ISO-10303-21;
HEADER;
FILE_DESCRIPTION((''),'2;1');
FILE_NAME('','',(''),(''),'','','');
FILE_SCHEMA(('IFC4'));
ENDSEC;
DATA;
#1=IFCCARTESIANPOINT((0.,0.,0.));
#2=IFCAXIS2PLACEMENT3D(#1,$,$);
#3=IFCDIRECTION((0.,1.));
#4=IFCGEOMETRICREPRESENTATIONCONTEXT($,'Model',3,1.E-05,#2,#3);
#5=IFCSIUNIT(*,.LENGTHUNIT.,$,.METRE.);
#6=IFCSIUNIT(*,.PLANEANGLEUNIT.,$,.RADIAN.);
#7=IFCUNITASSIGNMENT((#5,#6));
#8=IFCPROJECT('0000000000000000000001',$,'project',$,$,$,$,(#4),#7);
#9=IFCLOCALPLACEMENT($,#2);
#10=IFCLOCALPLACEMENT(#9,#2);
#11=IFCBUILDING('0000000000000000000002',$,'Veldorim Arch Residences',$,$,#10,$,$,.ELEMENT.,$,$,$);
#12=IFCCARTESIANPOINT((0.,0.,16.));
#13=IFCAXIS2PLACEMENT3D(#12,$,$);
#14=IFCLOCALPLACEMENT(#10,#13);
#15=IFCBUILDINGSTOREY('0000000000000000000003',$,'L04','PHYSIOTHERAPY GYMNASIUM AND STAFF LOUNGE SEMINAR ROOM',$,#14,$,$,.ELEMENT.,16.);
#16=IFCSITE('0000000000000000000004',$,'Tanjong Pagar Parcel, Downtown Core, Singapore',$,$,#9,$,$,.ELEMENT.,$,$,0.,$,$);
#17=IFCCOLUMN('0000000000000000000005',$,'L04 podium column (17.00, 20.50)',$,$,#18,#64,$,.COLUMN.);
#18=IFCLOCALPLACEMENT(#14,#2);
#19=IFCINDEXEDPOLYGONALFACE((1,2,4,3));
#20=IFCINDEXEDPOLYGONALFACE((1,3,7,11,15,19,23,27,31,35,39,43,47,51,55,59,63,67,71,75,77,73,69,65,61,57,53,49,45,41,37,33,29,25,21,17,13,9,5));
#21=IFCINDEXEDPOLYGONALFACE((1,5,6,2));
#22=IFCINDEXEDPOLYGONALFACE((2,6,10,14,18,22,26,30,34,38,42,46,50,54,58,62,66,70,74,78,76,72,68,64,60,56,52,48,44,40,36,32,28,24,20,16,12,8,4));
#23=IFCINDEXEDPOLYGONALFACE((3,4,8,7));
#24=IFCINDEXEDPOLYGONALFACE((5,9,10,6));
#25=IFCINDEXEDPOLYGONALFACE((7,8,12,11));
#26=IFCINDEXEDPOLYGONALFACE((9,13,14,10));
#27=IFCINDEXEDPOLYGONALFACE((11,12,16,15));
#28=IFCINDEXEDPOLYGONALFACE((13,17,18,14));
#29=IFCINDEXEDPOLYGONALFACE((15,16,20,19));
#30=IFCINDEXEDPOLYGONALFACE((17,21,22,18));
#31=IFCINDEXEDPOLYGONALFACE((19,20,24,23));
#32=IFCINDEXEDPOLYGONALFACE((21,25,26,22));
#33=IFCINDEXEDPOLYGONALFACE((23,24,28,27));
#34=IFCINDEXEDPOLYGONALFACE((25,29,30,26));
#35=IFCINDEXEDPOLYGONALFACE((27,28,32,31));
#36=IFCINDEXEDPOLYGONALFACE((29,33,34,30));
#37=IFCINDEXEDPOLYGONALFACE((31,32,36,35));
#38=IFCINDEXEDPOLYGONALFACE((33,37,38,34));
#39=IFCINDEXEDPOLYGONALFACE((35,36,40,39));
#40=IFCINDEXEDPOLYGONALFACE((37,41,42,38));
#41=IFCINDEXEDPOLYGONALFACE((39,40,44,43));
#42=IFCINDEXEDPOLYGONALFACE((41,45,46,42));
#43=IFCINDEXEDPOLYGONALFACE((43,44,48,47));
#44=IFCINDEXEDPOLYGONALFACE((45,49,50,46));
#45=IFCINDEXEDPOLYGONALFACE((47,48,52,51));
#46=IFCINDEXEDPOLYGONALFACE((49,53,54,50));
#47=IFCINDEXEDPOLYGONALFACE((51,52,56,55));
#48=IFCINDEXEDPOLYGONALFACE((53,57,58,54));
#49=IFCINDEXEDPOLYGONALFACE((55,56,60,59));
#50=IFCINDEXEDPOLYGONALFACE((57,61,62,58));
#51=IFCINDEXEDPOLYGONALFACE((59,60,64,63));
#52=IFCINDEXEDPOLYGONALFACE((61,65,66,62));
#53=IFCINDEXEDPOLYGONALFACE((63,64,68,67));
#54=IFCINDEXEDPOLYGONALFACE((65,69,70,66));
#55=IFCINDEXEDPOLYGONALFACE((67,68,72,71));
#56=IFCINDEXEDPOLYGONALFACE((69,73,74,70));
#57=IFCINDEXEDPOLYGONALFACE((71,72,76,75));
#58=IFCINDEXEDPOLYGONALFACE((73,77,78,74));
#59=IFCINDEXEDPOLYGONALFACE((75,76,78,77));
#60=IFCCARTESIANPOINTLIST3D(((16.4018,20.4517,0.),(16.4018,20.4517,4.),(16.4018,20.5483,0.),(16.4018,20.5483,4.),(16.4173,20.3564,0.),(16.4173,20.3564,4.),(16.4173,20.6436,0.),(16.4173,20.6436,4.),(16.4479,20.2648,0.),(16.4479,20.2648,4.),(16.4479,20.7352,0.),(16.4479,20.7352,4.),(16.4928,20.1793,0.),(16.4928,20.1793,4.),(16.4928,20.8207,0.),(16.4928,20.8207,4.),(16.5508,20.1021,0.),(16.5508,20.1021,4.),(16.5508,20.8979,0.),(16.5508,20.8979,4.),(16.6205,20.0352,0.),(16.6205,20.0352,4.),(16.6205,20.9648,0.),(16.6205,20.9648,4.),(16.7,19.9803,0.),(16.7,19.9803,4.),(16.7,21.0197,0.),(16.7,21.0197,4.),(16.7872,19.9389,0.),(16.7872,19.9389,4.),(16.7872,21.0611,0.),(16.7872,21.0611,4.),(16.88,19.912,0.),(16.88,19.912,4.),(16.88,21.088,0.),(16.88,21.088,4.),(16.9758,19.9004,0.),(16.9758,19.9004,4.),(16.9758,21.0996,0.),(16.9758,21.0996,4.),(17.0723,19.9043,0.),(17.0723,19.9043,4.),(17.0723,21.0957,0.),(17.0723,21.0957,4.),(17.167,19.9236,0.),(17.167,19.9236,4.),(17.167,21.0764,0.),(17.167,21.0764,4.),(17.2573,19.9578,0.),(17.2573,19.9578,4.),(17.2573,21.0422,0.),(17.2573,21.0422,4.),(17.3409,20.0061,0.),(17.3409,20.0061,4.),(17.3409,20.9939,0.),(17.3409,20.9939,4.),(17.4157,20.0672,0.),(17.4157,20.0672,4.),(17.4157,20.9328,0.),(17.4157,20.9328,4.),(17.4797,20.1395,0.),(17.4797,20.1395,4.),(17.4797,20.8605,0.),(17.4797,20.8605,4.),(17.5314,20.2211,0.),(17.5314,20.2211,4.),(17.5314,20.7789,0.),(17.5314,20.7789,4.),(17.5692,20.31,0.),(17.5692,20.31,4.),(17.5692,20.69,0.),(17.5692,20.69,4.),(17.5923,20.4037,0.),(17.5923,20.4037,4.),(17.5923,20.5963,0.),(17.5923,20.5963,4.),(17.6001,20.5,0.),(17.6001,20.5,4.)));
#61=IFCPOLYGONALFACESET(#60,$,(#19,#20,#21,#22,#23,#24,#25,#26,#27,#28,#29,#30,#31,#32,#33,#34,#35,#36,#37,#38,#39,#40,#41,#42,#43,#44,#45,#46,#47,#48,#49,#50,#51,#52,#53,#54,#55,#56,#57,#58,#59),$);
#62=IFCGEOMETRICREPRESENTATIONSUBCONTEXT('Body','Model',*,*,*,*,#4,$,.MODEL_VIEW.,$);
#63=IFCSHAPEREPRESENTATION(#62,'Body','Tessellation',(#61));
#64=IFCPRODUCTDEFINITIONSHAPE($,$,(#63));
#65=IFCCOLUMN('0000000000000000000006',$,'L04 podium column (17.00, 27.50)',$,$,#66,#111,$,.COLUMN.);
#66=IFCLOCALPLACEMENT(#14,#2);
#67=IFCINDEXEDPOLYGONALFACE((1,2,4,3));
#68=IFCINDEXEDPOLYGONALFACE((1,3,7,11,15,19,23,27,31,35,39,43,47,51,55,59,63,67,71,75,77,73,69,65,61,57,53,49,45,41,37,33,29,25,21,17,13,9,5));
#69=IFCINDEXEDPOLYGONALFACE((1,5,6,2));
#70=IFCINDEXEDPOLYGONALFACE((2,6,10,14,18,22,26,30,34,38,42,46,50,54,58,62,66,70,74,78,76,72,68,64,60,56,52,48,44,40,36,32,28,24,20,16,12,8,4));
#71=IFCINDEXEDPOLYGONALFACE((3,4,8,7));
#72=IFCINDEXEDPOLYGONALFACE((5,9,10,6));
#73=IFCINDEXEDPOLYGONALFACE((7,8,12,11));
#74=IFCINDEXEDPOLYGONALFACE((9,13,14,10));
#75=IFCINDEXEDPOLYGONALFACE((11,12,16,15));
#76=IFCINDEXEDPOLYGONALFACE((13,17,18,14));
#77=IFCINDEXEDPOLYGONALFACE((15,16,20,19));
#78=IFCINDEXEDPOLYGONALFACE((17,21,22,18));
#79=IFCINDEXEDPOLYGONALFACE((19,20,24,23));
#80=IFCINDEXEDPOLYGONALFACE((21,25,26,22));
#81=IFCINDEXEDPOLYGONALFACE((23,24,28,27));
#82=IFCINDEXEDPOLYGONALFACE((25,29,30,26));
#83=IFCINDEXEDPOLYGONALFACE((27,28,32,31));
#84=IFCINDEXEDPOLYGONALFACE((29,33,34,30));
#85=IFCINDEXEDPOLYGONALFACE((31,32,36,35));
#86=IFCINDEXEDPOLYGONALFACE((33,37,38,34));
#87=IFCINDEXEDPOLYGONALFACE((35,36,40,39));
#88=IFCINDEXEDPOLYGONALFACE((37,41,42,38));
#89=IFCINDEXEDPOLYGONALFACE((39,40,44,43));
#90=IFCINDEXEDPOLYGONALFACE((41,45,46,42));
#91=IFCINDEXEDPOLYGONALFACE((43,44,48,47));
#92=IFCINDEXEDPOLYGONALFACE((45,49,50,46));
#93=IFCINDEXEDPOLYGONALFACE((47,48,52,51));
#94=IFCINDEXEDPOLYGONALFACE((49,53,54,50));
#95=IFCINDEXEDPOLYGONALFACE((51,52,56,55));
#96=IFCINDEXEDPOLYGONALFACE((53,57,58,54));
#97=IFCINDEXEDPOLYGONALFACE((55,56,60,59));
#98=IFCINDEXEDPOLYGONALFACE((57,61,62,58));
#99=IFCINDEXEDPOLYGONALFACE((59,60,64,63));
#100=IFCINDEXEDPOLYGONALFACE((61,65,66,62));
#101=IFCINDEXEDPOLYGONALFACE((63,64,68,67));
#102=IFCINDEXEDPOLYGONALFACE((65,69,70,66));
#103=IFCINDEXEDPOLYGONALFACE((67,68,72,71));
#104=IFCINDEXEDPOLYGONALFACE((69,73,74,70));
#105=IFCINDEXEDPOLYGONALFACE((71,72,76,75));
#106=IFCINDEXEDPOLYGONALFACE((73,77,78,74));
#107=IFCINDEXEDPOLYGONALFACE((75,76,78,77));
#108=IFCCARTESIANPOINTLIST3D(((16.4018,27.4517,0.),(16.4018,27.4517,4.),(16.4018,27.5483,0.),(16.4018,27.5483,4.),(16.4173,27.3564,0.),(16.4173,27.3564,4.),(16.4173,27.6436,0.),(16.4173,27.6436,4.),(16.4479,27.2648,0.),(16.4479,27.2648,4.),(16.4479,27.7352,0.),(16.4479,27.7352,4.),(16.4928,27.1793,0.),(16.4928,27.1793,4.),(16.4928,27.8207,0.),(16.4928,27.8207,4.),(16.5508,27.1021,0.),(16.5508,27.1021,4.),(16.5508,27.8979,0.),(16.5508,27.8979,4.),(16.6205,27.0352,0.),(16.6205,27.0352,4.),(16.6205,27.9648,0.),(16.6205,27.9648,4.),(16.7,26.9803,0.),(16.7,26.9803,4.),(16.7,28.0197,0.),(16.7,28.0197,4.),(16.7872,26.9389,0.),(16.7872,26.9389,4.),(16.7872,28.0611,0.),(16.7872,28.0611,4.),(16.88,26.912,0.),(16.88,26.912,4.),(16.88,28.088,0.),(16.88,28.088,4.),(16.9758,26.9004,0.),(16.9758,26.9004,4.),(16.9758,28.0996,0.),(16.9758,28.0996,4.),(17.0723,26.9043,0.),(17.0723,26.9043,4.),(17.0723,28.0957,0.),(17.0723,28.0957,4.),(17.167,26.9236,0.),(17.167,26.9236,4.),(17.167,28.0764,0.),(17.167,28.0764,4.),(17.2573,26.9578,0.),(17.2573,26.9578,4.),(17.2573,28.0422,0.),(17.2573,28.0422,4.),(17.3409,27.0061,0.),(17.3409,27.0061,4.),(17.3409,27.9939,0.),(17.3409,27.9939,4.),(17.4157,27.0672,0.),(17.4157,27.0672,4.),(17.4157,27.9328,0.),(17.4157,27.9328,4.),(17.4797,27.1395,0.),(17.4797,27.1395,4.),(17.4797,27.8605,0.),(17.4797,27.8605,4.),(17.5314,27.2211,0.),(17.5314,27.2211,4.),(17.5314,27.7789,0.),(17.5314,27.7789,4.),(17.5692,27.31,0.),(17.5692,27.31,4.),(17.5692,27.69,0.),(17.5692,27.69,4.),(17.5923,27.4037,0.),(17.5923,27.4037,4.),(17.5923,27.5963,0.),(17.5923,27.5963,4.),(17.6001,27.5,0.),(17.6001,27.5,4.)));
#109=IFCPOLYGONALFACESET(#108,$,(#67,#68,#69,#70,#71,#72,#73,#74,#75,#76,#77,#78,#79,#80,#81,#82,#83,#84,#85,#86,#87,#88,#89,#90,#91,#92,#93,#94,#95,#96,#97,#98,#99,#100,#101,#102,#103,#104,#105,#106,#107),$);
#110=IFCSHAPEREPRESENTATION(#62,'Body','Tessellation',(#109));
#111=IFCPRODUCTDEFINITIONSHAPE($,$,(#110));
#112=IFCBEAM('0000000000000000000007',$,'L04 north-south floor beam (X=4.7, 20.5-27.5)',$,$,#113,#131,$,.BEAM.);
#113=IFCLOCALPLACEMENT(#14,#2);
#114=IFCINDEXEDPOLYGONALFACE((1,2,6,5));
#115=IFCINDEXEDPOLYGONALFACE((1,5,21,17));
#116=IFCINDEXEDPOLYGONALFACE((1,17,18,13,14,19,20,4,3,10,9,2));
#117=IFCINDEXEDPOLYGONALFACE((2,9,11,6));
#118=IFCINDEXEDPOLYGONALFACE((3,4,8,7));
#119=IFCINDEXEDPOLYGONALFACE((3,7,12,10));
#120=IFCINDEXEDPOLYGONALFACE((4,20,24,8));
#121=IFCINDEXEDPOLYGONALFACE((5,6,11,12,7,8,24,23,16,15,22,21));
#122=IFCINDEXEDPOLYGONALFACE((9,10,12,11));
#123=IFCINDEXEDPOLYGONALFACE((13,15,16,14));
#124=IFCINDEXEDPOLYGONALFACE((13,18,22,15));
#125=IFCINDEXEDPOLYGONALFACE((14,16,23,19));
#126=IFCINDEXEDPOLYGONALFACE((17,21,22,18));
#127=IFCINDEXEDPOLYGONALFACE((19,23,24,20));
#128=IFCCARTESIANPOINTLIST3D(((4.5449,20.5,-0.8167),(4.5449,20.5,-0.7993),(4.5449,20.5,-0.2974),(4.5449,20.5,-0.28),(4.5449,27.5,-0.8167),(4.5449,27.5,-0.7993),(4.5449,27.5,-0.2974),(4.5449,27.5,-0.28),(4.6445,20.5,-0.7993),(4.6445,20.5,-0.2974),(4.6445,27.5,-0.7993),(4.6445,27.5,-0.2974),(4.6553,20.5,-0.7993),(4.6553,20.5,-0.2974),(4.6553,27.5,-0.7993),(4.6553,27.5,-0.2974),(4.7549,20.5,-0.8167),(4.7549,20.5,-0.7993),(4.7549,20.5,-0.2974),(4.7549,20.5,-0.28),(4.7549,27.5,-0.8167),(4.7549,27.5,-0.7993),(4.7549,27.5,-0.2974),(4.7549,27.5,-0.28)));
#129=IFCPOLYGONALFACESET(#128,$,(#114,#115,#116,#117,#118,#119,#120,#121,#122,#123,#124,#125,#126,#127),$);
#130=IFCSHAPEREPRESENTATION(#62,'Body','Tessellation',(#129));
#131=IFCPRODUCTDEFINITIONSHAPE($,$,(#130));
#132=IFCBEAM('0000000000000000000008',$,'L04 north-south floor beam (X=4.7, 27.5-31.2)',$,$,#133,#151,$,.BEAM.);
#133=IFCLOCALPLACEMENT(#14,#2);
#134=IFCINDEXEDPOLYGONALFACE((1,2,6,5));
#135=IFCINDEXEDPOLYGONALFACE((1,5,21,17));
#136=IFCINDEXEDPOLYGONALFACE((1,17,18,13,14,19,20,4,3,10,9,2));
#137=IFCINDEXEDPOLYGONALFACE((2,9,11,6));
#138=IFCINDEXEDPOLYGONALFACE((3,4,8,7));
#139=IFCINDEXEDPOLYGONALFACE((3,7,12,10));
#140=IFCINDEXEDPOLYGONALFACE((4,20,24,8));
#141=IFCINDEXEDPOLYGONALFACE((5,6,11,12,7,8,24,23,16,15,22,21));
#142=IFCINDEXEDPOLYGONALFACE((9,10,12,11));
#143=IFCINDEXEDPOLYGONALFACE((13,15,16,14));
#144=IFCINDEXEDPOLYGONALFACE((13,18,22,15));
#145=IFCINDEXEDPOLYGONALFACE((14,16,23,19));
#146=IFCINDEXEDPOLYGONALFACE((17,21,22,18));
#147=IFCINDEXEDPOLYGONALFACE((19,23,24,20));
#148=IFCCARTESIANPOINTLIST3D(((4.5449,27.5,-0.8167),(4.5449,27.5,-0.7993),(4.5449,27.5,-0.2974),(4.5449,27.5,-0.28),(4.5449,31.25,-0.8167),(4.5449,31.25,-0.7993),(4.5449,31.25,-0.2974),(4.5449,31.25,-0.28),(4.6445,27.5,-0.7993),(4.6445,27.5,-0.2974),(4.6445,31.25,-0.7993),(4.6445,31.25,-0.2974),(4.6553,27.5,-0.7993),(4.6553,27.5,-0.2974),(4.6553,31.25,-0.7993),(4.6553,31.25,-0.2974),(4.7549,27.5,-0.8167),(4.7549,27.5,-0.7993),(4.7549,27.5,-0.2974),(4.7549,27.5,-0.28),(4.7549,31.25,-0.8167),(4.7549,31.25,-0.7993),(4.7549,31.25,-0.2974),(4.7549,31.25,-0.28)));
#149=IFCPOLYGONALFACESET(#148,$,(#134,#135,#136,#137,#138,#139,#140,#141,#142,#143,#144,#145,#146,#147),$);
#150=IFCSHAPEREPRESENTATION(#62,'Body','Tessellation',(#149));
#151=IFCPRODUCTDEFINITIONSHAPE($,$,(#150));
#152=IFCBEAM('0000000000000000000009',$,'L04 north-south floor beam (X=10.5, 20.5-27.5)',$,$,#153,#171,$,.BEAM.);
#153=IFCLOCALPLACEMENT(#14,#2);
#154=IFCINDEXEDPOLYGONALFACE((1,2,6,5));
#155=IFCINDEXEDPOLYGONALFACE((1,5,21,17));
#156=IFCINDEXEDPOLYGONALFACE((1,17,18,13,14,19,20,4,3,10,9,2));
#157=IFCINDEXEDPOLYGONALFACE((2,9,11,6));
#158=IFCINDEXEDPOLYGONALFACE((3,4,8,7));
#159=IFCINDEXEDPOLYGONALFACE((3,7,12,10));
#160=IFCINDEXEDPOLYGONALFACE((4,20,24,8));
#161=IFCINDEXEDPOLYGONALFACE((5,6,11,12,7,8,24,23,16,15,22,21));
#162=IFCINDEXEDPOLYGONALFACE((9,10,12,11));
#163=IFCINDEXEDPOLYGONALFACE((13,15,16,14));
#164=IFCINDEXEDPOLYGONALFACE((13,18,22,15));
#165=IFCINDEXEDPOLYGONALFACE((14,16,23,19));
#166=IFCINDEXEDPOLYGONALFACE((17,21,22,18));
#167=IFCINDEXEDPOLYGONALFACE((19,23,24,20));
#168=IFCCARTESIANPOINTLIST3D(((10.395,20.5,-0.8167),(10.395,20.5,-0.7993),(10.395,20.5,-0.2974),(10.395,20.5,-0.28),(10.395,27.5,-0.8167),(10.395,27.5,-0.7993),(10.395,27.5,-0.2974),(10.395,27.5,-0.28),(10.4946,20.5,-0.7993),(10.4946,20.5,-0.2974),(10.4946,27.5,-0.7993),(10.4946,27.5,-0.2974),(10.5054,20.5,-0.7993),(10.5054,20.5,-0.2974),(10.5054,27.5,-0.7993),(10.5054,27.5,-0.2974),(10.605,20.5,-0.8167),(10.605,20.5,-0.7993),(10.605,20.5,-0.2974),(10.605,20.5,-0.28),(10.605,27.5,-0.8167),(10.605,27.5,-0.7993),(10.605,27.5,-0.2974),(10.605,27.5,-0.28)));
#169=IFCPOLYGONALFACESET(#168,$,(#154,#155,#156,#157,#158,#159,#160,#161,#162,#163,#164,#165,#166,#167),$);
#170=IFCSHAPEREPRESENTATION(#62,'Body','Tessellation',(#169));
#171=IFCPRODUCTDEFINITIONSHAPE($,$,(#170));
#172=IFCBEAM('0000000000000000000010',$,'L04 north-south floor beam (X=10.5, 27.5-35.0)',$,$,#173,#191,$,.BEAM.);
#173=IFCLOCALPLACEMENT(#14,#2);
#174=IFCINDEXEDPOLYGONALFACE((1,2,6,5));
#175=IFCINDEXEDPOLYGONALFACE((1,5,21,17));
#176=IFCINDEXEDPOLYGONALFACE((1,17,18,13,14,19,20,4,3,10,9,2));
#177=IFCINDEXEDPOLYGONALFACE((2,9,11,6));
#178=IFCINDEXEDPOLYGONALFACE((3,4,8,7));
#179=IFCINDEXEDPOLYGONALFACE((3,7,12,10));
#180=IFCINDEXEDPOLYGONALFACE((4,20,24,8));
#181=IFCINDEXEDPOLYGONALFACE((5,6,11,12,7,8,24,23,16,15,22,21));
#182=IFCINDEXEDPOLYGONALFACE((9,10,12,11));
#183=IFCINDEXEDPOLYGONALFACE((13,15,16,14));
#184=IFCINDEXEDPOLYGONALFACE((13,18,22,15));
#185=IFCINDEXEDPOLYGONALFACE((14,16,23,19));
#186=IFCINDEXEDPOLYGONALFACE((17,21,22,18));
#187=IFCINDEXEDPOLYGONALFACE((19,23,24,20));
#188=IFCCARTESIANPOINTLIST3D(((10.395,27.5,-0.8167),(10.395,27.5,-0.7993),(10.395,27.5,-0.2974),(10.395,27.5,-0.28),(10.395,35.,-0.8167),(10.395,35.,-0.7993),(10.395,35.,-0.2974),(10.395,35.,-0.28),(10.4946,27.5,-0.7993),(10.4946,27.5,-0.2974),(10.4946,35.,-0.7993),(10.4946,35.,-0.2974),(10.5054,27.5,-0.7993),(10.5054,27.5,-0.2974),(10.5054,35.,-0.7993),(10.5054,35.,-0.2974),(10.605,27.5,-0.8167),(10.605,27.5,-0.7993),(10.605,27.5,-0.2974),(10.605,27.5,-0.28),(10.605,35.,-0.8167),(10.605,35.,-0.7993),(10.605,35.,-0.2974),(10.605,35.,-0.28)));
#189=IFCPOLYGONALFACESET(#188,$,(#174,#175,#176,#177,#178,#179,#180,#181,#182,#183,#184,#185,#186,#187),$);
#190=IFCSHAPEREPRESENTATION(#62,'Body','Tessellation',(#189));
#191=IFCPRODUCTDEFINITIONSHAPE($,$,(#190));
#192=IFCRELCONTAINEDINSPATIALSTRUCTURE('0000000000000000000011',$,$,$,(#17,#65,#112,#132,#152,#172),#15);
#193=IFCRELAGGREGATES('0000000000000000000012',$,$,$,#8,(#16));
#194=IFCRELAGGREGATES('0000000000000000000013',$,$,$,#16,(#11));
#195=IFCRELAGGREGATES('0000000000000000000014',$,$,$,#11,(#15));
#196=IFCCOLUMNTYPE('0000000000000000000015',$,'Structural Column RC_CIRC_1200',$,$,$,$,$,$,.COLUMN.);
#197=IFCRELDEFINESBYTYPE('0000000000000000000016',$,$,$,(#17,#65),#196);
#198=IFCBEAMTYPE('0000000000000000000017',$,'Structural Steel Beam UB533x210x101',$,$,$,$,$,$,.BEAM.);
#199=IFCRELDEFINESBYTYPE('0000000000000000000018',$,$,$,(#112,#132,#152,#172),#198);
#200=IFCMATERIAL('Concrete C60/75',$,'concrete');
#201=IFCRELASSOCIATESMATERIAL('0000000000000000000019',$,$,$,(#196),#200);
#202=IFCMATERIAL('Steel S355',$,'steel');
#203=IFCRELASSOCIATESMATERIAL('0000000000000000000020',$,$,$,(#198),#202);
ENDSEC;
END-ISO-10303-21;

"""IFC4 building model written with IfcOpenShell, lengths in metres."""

from ifc_helpers import new_model, si_unit, direction, frame, origin, origin_2d, place, context, subcontext, project, spatial, circle, i_section, extrude, material, material_profile, profile_set, type_object, element, save


model = new_model("IFC4")

# Units and contexts
model_context = context("Model", 3, precision=1e-05, world=origin(), true_north=direction((0.0, 1.0)))
body_context = subcontext(model_context, "Body", "Model", "MODEL_VIEW")
ifc_project = project(units=[si_unit("LENGTHUNIT", "METRE"), si_unit("PLANEANGLEUNIT", "RADIAN")], contexts=[model_context])

# Site, building, storey
site_placement = place(None, origin())
site = spatial("IfcSite", under=ifc_project, at=site_placement, Name="Tanjong Pagar Parcel, Downtown Core, Singapore", CompositionType="ELEMENT", RefElevation=0.0)
building_placement = place(site_placement, origin())
building = spatial("IfcBuilding", under=site, at=building_placement, Name="Veldorim Arch Residences", CompositionType="ELEMENT")
storey_placement = place(building_placement, frame((0.0, 0.0, 16.0)))
storey = spatial("IfcBuildingStorey", under=building, at=storey_placement, Name="L04", Description="PHYSIOTHERAPY GYMNASIUM AND STAFF LOUNGE SEMINAR ROOM", CompositionType="ELEMENT", Elevation=16.0)

# Columns
ifc_material_1 = material(Name="Concrete C60/75", Category="concrete")
ifc_material_profile_1 = material_profile(ifc_material_1, circle(Radius=0.6001, at=origin_2d()), Name="RC_CIRC_1200")
ifc_profile_set_1 = profile_set([ifc_material_profile_1], Name="Concrete C60/75")
column_type = type_object("IfcColumnType", Name="Structural Column RC_CIRC_1200", PredefinedType="COLUMN", material=ifc_profile_set_1)
for number, where, z_axis, x_axis, name in (
    (1, (17.0, 20.5, 0.0), (0.0, 0.0, 1.0), (1.0, 0.0, 0.0), "L04 podium column (17.00, 20.50)"),
    (2, (17.0, 27.5, 0.0), (0.0, 0.0, 1.0), (1.0, 0.0, 0.0), "L04 podium column (17.00, 27.50)"),
):
    element("IfcColumn", number, at=place(storey_placement, frame(where, z_axis=z_axis, x_axis=x_axis)), inside=storey, type_object=column_type, Name=name, PredefinedType="COLUMN", context=body_context, shape_type="SweptSolid", body=[
        extrude(circle(Radius=0.6001, at=origin_2d()), origin(), (0.0, 0.0, 1.0), 4.0),
    ])

# Beams
ifc_material_2 = material(Name="Steel S355", Category="steel")
ifc_material_profile_2 = material_profile(ifc_material_2, i_section(OverallWidth=0.21, OverallDepth=0.5366, WebThickness=0.0107, FlangeThickness=0.0173, at=origin_2d()), Name="UB533x210x101")
ifc_profile_set_2 = profile_set([ifc_material_profile_2], Name="Steel S355")
beam_type_1 = type_object("IfcBeamType", Name="Structural Steel Beam UB533x210x101", PredefinedType="BEAM", material=ifc_profile_set_2)
beam_1_placement = place(storey_placement, frame((4.6499, 20.5, -0.5483), z_axis=(0.0, 1.0, 0.0), x_axis=(-1.0, 0.0, 0.0)))
element("IfcBeam", 3, at=beam_1_placement, inside=storey, type_object=beam_type_1, Name="L04 north-south floor beam (X=4.7, 20.5-27.5)", PredefinedType="BEAM", context=body_context, shape_type="SweptSolid", body=[
    extrude(i_section(OverallWidth=0.21, OverallDepth=0.5366, WebThickness=0.0107, FlangeThickness=0.0173, at=origin_2d()), origin(), (0.0, 0.0, 1.0), 7.0),
])
beam_2_placement = place(storey_placement, frame((4.6499, 27.5, -0.5483), z_axis=(0.0, 1.0, 0.0), x_axis=(-1.0, 0.0, 0.0)))
element("IfcBeam", 4, at=beam_2_placement, inside=storey, type_object=beam_type_1, Name="L04 north-south floor beam (X=4.7, 27.5-31.2)", PredefinedType="BEAM", context=body_context, shape_type="SweptSolid", body=[
    extrude(i_section(OverallWidth=0.21, OverallDepth=0.5366, WebThickness=0.0107, FlangeThickness=0.0173, at=origin_2d()), origin(), (0.0, 0.0, 1.0), 3.75),
])
beam_3_placement = place(storey_placement, frame((10.5, 20.5, -0.5483), z_axis=(0.0, 1.0, 0.0), x_axis=(-1.0, 0.0, 0.0)))
element("IfcBeam", 5, at=beam_3_placement, inside=storey, type_object=beam_type_1, Name="L04 north-south floor beam (X=10.5, 20.5-27.5)", PredefinedType="BEAM", context=body_context, shape_type="SweptSolid", body=[
    extrude(i_section(OverallWidth=0.21, OverallDepth=0.5366, WebThickness=0.0107, FlangeThickness=0.0173, at=origin_2d()), origin(), (0.0, 0.0, 1.0), 7.0),
])
beam_4_placement = place(storey_placement, frame((10.5, 27.5, -0.5483), z_axis=(0.0, 1.0, 0.0), x_axis=(-1.0, 0.0, 0.0)))
element("IfcBeam", 6, at=beam_4_placement, inside=storey, type_object=beam_type_1, Name="L04 north-south floor beam (X=10.5, 27.5-35.0)", PredefinedType="BEAM", context=body_context, shape_type="SweptSolid", body=[
    extrude(i_section(OverallWidth=0.21, OverallDepth=0.5366, WebThickness=0.0107, FlangeThickness=0.0173, at=origin_2d()), origin(), (0.0, 0.0, 1.0), 7.5),
])

save(model, "model.ifc")
